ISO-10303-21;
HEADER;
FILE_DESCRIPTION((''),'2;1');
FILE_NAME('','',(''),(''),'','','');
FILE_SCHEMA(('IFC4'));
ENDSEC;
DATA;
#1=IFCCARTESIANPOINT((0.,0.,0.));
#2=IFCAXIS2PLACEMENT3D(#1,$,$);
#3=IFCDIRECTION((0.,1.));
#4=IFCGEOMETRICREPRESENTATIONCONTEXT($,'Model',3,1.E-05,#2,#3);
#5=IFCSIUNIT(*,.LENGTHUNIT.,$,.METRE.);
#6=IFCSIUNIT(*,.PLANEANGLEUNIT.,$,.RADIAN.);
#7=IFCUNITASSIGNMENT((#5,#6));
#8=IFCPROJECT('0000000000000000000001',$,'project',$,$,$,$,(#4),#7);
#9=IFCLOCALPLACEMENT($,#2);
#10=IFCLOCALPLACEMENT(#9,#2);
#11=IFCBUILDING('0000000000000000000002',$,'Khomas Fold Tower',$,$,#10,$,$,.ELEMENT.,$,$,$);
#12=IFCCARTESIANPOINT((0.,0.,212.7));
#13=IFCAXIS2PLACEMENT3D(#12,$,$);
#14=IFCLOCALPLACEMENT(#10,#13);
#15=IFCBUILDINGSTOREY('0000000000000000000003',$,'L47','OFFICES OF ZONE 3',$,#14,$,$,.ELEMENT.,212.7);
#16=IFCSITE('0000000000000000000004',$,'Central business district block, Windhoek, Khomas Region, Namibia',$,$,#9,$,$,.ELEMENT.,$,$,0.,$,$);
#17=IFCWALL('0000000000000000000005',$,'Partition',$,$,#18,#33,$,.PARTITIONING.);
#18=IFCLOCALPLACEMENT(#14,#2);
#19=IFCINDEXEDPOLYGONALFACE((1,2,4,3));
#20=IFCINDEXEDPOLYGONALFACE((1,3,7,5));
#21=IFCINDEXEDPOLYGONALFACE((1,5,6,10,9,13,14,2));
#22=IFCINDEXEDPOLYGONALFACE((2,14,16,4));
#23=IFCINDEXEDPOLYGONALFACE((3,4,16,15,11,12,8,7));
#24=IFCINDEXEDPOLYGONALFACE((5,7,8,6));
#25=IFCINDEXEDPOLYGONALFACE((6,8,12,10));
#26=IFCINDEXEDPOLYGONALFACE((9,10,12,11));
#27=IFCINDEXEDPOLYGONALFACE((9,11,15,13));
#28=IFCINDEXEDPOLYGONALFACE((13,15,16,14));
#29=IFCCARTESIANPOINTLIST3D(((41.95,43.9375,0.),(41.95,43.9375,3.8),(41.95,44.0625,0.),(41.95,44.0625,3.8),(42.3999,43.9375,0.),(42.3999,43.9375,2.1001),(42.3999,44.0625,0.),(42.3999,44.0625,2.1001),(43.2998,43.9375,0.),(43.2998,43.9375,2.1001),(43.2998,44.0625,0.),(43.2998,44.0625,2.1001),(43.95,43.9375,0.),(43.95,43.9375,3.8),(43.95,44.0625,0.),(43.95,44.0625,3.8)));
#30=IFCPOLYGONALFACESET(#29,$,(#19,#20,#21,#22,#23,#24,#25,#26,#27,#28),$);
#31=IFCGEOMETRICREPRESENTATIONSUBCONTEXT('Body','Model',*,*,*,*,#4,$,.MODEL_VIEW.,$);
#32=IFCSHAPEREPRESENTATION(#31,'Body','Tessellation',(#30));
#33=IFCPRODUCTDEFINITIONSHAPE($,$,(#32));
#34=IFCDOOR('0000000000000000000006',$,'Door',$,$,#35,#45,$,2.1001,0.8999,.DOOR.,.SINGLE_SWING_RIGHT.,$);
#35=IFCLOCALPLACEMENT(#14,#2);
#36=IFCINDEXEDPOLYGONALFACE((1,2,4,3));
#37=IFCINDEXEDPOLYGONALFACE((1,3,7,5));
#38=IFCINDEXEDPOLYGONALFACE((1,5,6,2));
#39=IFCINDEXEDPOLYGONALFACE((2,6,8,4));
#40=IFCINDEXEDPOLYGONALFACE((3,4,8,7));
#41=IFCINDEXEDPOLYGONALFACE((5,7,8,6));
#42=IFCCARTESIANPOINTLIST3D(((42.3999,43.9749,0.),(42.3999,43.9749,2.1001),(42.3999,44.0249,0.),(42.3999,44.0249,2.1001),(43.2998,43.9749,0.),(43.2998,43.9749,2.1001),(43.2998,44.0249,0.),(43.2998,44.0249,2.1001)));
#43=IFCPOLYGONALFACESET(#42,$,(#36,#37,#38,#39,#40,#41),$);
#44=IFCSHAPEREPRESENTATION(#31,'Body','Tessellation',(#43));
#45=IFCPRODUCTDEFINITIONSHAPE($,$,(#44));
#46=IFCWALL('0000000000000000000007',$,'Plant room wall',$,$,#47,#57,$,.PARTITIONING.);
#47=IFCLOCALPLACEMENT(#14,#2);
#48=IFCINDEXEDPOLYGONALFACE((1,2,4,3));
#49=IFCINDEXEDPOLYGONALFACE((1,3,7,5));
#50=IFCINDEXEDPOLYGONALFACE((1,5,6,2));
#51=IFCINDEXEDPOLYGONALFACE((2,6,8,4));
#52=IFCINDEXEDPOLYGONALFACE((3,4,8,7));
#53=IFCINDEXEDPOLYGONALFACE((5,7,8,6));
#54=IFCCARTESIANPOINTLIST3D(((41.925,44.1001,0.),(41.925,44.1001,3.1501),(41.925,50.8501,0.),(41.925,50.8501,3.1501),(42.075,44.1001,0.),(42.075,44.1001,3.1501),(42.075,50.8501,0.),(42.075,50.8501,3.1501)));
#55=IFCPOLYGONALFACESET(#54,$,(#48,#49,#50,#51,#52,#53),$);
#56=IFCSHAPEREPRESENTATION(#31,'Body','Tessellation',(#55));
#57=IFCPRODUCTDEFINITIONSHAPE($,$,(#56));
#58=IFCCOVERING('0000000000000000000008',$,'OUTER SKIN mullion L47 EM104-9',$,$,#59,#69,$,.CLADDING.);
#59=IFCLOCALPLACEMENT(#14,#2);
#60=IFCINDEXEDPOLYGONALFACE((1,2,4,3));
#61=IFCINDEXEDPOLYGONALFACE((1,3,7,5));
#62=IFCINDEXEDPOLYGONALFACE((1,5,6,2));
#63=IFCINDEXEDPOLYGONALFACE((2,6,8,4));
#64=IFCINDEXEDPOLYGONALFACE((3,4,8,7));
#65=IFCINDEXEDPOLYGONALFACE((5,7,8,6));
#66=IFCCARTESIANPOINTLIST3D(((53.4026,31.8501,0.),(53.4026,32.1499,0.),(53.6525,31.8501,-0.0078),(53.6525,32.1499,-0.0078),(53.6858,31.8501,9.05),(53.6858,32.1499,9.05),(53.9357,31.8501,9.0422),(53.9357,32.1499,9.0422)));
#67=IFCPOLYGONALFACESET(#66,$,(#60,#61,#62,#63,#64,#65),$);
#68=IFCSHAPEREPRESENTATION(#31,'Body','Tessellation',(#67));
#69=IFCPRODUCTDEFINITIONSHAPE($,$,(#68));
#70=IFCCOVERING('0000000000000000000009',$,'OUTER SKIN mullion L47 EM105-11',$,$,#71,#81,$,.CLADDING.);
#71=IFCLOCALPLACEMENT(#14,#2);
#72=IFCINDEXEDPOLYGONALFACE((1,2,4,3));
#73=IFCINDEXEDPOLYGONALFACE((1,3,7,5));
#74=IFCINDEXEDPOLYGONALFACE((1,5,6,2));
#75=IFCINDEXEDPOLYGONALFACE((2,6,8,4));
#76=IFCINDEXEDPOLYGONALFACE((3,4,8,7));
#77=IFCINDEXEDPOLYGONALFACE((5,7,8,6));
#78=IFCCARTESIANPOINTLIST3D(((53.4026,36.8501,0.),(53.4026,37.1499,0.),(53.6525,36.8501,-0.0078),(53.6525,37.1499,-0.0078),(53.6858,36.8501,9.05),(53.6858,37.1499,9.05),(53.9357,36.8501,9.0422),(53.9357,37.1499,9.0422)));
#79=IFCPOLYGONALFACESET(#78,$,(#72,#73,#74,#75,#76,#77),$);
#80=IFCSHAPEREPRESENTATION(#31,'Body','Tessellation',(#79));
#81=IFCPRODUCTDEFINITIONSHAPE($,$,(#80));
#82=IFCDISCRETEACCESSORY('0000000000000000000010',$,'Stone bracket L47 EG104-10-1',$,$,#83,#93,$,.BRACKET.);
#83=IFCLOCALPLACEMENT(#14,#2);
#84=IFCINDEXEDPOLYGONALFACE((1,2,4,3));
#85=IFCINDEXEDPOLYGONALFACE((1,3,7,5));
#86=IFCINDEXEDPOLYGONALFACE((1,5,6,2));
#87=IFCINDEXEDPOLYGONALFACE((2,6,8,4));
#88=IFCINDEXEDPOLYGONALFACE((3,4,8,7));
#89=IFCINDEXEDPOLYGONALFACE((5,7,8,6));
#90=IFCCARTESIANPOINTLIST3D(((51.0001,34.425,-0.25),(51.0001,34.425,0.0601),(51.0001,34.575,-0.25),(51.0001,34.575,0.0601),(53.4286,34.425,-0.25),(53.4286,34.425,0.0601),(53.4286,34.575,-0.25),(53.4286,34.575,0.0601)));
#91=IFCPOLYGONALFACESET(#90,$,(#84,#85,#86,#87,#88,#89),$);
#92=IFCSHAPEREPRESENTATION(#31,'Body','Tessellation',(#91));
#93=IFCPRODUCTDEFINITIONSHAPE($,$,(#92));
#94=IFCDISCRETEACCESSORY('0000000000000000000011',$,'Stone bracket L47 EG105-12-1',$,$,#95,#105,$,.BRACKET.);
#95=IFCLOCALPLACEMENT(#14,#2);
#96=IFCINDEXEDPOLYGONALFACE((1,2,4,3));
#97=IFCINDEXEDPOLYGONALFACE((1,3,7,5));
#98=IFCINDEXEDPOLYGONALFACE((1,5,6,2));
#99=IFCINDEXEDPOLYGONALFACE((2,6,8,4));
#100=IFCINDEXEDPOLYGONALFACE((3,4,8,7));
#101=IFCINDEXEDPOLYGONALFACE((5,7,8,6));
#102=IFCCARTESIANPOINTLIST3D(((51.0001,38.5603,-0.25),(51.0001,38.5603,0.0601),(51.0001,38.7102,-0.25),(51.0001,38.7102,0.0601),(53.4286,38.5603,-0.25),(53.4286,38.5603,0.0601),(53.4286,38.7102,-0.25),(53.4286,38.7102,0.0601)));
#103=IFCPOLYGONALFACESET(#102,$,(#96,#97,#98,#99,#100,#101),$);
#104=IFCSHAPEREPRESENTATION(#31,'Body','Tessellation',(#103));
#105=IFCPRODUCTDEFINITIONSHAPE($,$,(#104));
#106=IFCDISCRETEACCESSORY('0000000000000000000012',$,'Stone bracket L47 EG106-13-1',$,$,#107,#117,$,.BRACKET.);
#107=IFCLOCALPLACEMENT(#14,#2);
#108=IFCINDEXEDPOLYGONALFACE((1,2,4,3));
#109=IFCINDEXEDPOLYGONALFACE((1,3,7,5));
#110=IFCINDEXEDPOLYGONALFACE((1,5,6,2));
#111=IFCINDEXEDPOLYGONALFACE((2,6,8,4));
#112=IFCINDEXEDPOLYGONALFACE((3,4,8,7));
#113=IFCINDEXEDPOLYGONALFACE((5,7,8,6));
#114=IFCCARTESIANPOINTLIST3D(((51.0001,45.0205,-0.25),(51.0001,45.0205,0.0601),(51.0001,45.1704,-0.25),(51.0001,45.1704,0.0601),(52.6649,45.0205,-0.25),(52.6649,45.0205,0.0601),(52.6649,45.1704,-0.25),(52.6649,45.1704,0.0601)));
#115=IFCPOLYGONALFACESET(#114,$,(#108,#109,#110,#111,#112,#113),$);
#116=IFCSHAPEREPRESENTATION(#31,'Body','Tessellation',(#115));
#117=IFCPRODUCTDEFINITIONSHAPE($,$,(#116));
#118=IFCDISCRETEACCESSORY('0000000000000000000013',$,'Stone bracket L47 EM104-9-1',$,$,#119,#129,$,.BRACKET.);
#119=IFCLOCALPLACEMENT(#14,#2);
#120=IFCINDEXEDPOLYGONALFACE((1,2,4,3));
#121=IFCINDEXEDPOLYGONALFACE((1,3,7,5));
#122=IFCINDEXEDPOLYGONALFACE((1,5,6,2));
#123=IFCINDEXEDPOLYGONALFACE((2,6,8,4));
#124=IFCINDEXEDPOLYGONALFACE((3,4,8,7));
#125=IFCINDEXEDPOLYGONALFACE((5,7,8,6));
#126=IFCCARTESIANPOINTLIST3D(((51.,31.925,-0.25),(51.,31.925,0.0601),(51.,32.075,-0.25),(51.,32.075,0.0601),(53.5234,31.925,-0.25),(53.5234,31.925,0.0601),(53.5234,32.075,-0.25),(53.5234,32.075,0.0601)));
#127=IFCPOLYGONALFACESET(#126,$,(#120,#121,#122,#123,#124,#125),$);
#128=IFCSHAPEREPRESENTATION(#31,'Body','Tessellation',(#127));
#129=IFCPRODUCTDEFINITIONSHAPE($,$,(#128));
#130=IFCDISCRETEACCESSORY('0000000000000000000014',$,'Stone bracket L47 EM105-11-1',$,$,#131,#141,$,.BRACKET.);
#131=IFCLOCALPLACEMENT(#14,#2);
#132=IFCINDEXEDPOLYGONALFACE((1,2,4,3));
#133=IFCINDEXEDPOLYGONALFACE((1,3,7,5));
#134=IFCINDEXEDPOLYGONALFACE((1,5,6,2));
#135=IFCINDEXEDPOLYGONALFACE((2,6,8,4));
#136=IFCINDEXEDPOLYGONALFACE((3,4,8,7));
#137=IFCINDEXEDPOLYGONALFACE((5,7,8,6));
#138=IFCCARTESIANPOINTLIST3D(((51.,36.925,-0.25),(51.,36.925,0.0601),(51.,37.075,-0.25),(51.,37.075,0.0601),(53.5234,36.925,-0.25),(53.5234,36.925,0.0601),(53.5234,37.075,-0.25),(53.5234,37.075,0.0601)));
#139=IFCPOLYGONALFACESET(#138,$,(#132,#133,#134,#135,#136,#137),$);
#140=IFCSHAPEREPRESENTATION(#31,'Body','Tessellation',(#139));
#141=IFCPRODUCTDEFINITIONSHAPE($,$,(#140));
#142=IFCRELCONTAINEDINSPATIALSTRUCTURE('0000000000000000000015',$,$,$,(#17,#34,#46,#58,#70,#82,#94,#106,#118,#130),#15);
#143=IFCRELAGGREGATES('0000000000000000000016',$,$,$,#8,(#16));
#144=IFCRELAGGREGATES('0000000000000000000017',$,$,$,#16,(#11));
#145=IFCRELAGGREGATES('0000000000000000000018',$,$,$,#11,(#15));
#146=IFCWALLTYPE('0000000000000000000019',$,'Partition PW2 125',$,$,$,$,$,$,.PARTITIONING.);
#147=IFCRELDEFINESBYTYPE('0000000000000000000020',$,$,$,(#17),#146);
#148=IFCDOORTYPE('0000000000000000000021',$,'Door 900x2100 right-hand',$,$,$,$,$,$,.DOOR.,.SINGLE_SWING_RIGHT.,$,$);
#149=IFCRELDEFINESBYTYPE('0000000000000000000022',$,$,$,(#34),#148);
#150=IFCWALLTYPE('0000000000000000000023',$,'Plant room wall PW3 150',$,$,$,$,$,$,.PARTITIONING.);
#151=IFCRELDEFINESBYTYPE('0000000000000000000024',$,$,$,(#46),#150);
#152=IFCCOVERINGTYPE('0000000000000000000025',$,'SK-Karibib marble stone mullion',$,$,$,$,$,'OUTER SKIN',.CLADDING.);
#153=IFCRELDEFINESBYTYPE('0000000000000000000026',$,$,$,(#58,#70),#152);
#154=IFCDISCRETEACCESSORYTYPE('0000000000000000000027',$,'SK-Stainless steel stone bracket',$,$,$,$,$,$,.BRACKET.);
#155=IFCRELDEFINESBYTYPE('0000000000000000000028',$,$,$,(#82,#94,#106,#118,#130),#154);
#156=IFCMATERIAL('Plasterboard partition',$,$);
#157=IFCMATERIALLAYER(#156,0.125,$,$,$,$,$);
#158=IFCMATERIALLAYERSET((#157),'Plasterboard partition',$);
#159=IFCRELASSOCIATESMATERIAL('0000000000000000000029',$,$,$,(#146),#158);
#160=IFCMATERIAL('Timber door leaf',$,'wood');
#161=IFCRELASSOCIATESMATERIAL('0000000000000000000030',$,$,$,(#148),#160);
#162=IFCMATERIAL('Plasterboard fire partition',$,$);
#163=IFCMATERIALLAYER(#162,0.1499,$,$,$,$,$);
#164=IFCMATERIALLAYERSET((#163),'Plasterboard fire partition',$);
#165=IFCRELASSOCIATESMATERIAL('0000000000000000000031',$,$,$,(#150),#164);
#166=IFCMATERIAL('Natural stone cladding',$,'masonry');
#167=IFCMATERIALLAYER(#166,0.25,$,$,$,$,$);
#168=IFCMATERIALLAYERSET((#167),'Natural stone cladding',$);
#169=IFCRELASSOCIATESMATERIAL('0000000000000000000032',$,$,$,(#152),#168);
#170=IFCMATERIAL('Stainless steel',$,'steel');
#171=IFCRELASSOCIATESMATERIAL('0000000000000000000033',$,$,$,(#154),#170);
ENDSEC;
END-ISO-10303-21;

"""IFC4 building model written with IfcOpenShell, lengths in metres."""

from ifc_helpers import new_model, si_unit, direction, frame, frame_2d, origin, origin_2d, place, context, subcontext, project, spatial, polyline, rectangle, outline, extrude, source, transform, mapped, material, layer, layer_set, type_object, element, fill, save


model = new_model("IFC4")

# Units and contexts
model_context = context("Model", 3, precision=1e-05, world=origin(), true_north=direction((0.0, 1.0)))
body_context = subcontext(model_context, "Body", "Model", "MODEL_VIEW")
ifc_project = project(units=[si_unit("LENGTHUNIT", "METRE"), si_unit("PLANEANGLEUNIT", "RADIAN")], contexts=[model_context])

# Site, building, storey
site_placement = place(None, origin())
site = spatial("IfcSite", under=ifc_project, at=site_placement, Name="Central business district block, Windhoek, Khomas Region, Namibia", CompositionType="ELEMENT", RefElevation=0.0)
building_placement = place(site_placement, origin())
building = spatial("IfcBuilding", under=site, at=building_placement, Name="Khomas Fold Tower", CompositionType="ELEMENT")
storey_placement = place(building_placement, frame((0.0, 0.0, 212.7)))
storey = spatial("IfcBuildingStorey", under=building, at=storey_placement, Name="L47", Description="OFFICES OF ZONE 3", CompositionType="ELEMENT", Elevation=212.7)

# Wall, opening, door
ifc_material_1 = material(Name="Plasterboard partition")
ifc_layer_1 = layer(ifc_material_1, 0.125)
ifc_layer_set_1 = layer_set([ifc_layer_1], Name="Plasterboard partition")
wall_type_1 = type_object("IfcWallType", Name="Partition PW2 125", PredefinedType="PARTITIONING", material=ifc_layer_set_1)
shared_shape_1 = source(origin(), body_context, "Body", "SweptSolid", [
    extrude(rectangle(XDim=2.0, YDim=0.125, at=frame_2d((1.0, 0.0))), origin(), (0.0, 0.0, 1.0), 3.8),
])
wall_1_placement = place(storey_placement, frame((41.95, 44.0, 0.0), z_axis=(0.0, 0.0, 1.0), x_axis=(1.0, 0.0, 0.0)))
wall_1 = element("IfcWall", 1, at=wall_1_placement, inside=storey, type_object=wall_type_1, Name="Partition", PredefinedType="PARTITIONING", context=body_context, shape_type="MappedRepresentation", body=[
    mapped(shared_shape_1, transform((0.0, 0.0, 0.0))),
])
shared_shape_2 = source(origin(), body_context, "Body", "SweptSolid", [
    extrude(rectangle(XDim=0.8999, YDim=2.1001, at=frame_2d((0.45, 1.05))), frame((0.0, 0.0725, 0.0), z_axis=(0.0, -1.0, 0.0), x_axis=(1.0, 0.0, 0.0)), (0.0, 0.0, 1.0), 0.145),
])
opening_placement = place(wall_1_placement, frame((0.45, 0.0, 0.0)))
opening = element("IfcOpeningElement", 2, at=opening_placement, cuts=wall_1, PredefinedType="OPENING", context=body_context, shape_type="MappedRepresentation", body=[
    mapped(shared_shape_2, transform((0.0, 0.0, 0.0))),
])
ifc_material_2 = material(Name="Timber door leaf", Category="wood")
door_type = type_object("IfcDoorType", Name="Door 900x2100 right-hand", OperationType="SINGLE_SWING_RIGHT", PredefinedType="DOOR", material=ifc_material_2)
shared_shape_3 = source(origin(), body_context, "Body", "SweptSolid", [
    extrude(rectangle(XDim=0.8999, YDim=2.1001, at=frame_2d((0.45, 1.05))), frame((0.0, 0.0249, 0.0), z_axis=(0.0, -1.0, 0.0), x_axis=(1.0, 0.0, 0.0)), (0.0, 0.0, 1.0), 0.05),
])
door_placement = place(opening_placement, origin())
door = element("IfcDoor", 3, at=door_placement, inside=storey, type_object=door_type, Name="Door", OperationType="SINGLE_SWING_RIGHT", OverallHeight=2.1001, OverallWidth=0.8999, PredefinedType="DOOR", context=body_context, shape_type="MappedRepresentation", body=[
    mapped(shared_shape_3, transform((0.0, 0.0, 0.0))),
])
fill(opening, door)

# Wall
ifc_material_3 = material(Name="Plasterboard fire partition")
ifc_layer_2 = layer(ifc_material_3, 0.1499)
ifc_layer_set_2 = layer_set([ifc_layer_2], Name="Plasterboard fire partition")
wall_type_2 = type_object("IfcWallType", Name="Plant room wall PW3 150", PredefinedType="PARTITIONING", material=ifc_layer_set_2)
shared_shape_4 = source(origin(), body_context, "Body", "SweptSolid", [
    extrude(rectangle(XDim=6.75, YDim=0.1499, at=frame_2d((3.375, 0.0))), origin(), (0.0, 0.0, 1.0), 3.1501),
])
wall_2_placement = place(storey_placement, frame((42.0, 44.1001, 0.0), z_axis=(0.0, 0.0, 1.0), x_axis=(0.0, 1.0, 0.0)))
element("IfcWall", 4, at=wall_2_placement, inside=storey, type_object=wall_type_2, Name="Plant room wall", PredefinedType="PARTITIONING", context=body_context, shape_type="MappedRepresentation", body=[
    mapped(shared_shape_4, transform((0.0, 0.0, 0.0))),
])

# Coverings
ifc_material_4 = material(Name="Natural stone cladding", Category="masonry")
ifc_layer_3 = layer(ifc_material_4, 0.25)
ifc_layer_set_3 = layer_set([ifc_layer_3], Name="Natural stone cladding")
covering_type = type_object("IfcCoveringType", Name="SK-Karibib marble stone mullion", ElementType="OUTER SKIN", PredefinedType="CLADDING", material=ifc_layer_set_3)
for number, where, z_axis, x_axis, name in (
    (5, (53.4026, 31.8501, 0.0), (-0.999511, 0.0, 0.031278), (0.031278, 0.0, 0.999511), "OUTER SKIN mullion L47 EM104-9"),
    (6, (53.4026, 36.8501, 0.0), (-0.999511, 0.0, 0.031278), (0.031278, 0.0, 0.999511), "OUTER SKIN mullion L47 EM105-11"),
):
    element("IfcCovering", number, at=place(storey_placement, frame(where, z_axis=z_axis, x_axis=x_axis)), inside=storey, type_object=covering_type, Name=name, PredefinedType="CLADDING", context=body_context, shape_type="SweptSolid", body=[
        extrude(outline(polyline([(0.0, 0.0), (9.0545, 0.0), (9.0545, 0.2998), (0.0, 0.2998), (0.0, 0.0)])), origin(), (0.0, 0.0, -1.0), 0.25),
    ])

# Discrete accessories
ifc_material_5 = material(Name="Stainless steel", Category="steel")
discrete_accessory_type = type_object("IfcDiscreteAccessoryType", Name="SK-Stainless steel stone bracket", PredefinedType="BRACKET", material=ifc_material_5)
shared_shape_5 = source(origin(), body_context, "Body", "SweptSolid", [
    extrude(rectangle(XDim=2.4285, YDim=0.1499, at=origin_2d()), origin(), (0.0, 0.0, 1.0), 0.3101),
])
for number, where, z_axis, x_axis, name in (
    (7, (52.2144, 34.5, -0.25), (0.0, 0.0, 1.0), (1.0, 0.0, 0.0), "Stone bracket L47 EG104-10-1"),
    (8, (52.2144, 38.6353, -0.25), (0.0, 0.0, 1.0), (1.0, 0.0, 0.0), "Stone bracket L47 EG105-12-1"),
):
    element("IfcDiscreteAccessory", number, at=place(storey_placement, frame(where, z_axis=z_axis, x_axis=x_axis)), inside=storey, type_object=discrete_accessory_type, Name=name, PredefinedType="BRACKET", context=body_context, shape_type="MappedRepresentation", body=[
        mapped(shared_shape_5, transform((0.0, 0.0, 0.0))),
    ])
shared_shape_6 = source(origin(), body_context, "Body", "SweptSolid", [
    extrude(rectangle(XDim=1.6648, YDim=0.1499, at=origin_2d()), origin(), (0.0, 0.0, 1.0), 0.3101),
])
discrete_accessory_placement = place(storey_placement, frame((51.8325, 45.0955, -0.25), z_axis=(0.0, 0.0, 1.0), x_axis=(1.0, 0.0, 0.0)))
element("IfcDiscreteAccessory", 9, at=discrete_accessory_placement, inside=storey, type_object=discrete_accessory_type, Name="Stone bracket L47 EG106-13-1", PredefinedType="BRACKET", context=body_context, shape_type="MappedRepresentation", body=[
    mapped(shared_shape_6, transform((0.0, 0.0, 0.0))),
])
shared_shape_7 = source(origin(), body_context, "Body", "SweptSolid", [
    extrude(rectangle(XDim=2.5234, YDim=0.1499, at=origin_2d()), origin(), (0.0, 0.0, 1.0), 0.3101),
])
for number, where, z_axis, x_axis, name in (
    (10, (52.2617, 32.0, -0.25), (0.0, 0.0, 1.0), (1.0, 0.0, 0.0), "Stone bracket L47 EM104-9-1"),
    (11, (52.2617, 37.0, -0.25), (0.0, 0.0, 1.0), (1.0, 0.0, 0.0), "Stone bracket L47 EM105-11-1"),
):
    element("IfcDiscreteAccessory", number, at=place(storey_placement, frame(where, z_axis=z_axis, x_axis=x_axis)), inside=storey, type_object=discrete_accessory_type, Name=name, PredefinedType="BRACKET", context=body_context, shape_type="MappedRepresentation", body=[
        mapped(shared_shape_7, transform((0.0, 0.0, 0.0))),
    ])

save(model, "model.ifc")
